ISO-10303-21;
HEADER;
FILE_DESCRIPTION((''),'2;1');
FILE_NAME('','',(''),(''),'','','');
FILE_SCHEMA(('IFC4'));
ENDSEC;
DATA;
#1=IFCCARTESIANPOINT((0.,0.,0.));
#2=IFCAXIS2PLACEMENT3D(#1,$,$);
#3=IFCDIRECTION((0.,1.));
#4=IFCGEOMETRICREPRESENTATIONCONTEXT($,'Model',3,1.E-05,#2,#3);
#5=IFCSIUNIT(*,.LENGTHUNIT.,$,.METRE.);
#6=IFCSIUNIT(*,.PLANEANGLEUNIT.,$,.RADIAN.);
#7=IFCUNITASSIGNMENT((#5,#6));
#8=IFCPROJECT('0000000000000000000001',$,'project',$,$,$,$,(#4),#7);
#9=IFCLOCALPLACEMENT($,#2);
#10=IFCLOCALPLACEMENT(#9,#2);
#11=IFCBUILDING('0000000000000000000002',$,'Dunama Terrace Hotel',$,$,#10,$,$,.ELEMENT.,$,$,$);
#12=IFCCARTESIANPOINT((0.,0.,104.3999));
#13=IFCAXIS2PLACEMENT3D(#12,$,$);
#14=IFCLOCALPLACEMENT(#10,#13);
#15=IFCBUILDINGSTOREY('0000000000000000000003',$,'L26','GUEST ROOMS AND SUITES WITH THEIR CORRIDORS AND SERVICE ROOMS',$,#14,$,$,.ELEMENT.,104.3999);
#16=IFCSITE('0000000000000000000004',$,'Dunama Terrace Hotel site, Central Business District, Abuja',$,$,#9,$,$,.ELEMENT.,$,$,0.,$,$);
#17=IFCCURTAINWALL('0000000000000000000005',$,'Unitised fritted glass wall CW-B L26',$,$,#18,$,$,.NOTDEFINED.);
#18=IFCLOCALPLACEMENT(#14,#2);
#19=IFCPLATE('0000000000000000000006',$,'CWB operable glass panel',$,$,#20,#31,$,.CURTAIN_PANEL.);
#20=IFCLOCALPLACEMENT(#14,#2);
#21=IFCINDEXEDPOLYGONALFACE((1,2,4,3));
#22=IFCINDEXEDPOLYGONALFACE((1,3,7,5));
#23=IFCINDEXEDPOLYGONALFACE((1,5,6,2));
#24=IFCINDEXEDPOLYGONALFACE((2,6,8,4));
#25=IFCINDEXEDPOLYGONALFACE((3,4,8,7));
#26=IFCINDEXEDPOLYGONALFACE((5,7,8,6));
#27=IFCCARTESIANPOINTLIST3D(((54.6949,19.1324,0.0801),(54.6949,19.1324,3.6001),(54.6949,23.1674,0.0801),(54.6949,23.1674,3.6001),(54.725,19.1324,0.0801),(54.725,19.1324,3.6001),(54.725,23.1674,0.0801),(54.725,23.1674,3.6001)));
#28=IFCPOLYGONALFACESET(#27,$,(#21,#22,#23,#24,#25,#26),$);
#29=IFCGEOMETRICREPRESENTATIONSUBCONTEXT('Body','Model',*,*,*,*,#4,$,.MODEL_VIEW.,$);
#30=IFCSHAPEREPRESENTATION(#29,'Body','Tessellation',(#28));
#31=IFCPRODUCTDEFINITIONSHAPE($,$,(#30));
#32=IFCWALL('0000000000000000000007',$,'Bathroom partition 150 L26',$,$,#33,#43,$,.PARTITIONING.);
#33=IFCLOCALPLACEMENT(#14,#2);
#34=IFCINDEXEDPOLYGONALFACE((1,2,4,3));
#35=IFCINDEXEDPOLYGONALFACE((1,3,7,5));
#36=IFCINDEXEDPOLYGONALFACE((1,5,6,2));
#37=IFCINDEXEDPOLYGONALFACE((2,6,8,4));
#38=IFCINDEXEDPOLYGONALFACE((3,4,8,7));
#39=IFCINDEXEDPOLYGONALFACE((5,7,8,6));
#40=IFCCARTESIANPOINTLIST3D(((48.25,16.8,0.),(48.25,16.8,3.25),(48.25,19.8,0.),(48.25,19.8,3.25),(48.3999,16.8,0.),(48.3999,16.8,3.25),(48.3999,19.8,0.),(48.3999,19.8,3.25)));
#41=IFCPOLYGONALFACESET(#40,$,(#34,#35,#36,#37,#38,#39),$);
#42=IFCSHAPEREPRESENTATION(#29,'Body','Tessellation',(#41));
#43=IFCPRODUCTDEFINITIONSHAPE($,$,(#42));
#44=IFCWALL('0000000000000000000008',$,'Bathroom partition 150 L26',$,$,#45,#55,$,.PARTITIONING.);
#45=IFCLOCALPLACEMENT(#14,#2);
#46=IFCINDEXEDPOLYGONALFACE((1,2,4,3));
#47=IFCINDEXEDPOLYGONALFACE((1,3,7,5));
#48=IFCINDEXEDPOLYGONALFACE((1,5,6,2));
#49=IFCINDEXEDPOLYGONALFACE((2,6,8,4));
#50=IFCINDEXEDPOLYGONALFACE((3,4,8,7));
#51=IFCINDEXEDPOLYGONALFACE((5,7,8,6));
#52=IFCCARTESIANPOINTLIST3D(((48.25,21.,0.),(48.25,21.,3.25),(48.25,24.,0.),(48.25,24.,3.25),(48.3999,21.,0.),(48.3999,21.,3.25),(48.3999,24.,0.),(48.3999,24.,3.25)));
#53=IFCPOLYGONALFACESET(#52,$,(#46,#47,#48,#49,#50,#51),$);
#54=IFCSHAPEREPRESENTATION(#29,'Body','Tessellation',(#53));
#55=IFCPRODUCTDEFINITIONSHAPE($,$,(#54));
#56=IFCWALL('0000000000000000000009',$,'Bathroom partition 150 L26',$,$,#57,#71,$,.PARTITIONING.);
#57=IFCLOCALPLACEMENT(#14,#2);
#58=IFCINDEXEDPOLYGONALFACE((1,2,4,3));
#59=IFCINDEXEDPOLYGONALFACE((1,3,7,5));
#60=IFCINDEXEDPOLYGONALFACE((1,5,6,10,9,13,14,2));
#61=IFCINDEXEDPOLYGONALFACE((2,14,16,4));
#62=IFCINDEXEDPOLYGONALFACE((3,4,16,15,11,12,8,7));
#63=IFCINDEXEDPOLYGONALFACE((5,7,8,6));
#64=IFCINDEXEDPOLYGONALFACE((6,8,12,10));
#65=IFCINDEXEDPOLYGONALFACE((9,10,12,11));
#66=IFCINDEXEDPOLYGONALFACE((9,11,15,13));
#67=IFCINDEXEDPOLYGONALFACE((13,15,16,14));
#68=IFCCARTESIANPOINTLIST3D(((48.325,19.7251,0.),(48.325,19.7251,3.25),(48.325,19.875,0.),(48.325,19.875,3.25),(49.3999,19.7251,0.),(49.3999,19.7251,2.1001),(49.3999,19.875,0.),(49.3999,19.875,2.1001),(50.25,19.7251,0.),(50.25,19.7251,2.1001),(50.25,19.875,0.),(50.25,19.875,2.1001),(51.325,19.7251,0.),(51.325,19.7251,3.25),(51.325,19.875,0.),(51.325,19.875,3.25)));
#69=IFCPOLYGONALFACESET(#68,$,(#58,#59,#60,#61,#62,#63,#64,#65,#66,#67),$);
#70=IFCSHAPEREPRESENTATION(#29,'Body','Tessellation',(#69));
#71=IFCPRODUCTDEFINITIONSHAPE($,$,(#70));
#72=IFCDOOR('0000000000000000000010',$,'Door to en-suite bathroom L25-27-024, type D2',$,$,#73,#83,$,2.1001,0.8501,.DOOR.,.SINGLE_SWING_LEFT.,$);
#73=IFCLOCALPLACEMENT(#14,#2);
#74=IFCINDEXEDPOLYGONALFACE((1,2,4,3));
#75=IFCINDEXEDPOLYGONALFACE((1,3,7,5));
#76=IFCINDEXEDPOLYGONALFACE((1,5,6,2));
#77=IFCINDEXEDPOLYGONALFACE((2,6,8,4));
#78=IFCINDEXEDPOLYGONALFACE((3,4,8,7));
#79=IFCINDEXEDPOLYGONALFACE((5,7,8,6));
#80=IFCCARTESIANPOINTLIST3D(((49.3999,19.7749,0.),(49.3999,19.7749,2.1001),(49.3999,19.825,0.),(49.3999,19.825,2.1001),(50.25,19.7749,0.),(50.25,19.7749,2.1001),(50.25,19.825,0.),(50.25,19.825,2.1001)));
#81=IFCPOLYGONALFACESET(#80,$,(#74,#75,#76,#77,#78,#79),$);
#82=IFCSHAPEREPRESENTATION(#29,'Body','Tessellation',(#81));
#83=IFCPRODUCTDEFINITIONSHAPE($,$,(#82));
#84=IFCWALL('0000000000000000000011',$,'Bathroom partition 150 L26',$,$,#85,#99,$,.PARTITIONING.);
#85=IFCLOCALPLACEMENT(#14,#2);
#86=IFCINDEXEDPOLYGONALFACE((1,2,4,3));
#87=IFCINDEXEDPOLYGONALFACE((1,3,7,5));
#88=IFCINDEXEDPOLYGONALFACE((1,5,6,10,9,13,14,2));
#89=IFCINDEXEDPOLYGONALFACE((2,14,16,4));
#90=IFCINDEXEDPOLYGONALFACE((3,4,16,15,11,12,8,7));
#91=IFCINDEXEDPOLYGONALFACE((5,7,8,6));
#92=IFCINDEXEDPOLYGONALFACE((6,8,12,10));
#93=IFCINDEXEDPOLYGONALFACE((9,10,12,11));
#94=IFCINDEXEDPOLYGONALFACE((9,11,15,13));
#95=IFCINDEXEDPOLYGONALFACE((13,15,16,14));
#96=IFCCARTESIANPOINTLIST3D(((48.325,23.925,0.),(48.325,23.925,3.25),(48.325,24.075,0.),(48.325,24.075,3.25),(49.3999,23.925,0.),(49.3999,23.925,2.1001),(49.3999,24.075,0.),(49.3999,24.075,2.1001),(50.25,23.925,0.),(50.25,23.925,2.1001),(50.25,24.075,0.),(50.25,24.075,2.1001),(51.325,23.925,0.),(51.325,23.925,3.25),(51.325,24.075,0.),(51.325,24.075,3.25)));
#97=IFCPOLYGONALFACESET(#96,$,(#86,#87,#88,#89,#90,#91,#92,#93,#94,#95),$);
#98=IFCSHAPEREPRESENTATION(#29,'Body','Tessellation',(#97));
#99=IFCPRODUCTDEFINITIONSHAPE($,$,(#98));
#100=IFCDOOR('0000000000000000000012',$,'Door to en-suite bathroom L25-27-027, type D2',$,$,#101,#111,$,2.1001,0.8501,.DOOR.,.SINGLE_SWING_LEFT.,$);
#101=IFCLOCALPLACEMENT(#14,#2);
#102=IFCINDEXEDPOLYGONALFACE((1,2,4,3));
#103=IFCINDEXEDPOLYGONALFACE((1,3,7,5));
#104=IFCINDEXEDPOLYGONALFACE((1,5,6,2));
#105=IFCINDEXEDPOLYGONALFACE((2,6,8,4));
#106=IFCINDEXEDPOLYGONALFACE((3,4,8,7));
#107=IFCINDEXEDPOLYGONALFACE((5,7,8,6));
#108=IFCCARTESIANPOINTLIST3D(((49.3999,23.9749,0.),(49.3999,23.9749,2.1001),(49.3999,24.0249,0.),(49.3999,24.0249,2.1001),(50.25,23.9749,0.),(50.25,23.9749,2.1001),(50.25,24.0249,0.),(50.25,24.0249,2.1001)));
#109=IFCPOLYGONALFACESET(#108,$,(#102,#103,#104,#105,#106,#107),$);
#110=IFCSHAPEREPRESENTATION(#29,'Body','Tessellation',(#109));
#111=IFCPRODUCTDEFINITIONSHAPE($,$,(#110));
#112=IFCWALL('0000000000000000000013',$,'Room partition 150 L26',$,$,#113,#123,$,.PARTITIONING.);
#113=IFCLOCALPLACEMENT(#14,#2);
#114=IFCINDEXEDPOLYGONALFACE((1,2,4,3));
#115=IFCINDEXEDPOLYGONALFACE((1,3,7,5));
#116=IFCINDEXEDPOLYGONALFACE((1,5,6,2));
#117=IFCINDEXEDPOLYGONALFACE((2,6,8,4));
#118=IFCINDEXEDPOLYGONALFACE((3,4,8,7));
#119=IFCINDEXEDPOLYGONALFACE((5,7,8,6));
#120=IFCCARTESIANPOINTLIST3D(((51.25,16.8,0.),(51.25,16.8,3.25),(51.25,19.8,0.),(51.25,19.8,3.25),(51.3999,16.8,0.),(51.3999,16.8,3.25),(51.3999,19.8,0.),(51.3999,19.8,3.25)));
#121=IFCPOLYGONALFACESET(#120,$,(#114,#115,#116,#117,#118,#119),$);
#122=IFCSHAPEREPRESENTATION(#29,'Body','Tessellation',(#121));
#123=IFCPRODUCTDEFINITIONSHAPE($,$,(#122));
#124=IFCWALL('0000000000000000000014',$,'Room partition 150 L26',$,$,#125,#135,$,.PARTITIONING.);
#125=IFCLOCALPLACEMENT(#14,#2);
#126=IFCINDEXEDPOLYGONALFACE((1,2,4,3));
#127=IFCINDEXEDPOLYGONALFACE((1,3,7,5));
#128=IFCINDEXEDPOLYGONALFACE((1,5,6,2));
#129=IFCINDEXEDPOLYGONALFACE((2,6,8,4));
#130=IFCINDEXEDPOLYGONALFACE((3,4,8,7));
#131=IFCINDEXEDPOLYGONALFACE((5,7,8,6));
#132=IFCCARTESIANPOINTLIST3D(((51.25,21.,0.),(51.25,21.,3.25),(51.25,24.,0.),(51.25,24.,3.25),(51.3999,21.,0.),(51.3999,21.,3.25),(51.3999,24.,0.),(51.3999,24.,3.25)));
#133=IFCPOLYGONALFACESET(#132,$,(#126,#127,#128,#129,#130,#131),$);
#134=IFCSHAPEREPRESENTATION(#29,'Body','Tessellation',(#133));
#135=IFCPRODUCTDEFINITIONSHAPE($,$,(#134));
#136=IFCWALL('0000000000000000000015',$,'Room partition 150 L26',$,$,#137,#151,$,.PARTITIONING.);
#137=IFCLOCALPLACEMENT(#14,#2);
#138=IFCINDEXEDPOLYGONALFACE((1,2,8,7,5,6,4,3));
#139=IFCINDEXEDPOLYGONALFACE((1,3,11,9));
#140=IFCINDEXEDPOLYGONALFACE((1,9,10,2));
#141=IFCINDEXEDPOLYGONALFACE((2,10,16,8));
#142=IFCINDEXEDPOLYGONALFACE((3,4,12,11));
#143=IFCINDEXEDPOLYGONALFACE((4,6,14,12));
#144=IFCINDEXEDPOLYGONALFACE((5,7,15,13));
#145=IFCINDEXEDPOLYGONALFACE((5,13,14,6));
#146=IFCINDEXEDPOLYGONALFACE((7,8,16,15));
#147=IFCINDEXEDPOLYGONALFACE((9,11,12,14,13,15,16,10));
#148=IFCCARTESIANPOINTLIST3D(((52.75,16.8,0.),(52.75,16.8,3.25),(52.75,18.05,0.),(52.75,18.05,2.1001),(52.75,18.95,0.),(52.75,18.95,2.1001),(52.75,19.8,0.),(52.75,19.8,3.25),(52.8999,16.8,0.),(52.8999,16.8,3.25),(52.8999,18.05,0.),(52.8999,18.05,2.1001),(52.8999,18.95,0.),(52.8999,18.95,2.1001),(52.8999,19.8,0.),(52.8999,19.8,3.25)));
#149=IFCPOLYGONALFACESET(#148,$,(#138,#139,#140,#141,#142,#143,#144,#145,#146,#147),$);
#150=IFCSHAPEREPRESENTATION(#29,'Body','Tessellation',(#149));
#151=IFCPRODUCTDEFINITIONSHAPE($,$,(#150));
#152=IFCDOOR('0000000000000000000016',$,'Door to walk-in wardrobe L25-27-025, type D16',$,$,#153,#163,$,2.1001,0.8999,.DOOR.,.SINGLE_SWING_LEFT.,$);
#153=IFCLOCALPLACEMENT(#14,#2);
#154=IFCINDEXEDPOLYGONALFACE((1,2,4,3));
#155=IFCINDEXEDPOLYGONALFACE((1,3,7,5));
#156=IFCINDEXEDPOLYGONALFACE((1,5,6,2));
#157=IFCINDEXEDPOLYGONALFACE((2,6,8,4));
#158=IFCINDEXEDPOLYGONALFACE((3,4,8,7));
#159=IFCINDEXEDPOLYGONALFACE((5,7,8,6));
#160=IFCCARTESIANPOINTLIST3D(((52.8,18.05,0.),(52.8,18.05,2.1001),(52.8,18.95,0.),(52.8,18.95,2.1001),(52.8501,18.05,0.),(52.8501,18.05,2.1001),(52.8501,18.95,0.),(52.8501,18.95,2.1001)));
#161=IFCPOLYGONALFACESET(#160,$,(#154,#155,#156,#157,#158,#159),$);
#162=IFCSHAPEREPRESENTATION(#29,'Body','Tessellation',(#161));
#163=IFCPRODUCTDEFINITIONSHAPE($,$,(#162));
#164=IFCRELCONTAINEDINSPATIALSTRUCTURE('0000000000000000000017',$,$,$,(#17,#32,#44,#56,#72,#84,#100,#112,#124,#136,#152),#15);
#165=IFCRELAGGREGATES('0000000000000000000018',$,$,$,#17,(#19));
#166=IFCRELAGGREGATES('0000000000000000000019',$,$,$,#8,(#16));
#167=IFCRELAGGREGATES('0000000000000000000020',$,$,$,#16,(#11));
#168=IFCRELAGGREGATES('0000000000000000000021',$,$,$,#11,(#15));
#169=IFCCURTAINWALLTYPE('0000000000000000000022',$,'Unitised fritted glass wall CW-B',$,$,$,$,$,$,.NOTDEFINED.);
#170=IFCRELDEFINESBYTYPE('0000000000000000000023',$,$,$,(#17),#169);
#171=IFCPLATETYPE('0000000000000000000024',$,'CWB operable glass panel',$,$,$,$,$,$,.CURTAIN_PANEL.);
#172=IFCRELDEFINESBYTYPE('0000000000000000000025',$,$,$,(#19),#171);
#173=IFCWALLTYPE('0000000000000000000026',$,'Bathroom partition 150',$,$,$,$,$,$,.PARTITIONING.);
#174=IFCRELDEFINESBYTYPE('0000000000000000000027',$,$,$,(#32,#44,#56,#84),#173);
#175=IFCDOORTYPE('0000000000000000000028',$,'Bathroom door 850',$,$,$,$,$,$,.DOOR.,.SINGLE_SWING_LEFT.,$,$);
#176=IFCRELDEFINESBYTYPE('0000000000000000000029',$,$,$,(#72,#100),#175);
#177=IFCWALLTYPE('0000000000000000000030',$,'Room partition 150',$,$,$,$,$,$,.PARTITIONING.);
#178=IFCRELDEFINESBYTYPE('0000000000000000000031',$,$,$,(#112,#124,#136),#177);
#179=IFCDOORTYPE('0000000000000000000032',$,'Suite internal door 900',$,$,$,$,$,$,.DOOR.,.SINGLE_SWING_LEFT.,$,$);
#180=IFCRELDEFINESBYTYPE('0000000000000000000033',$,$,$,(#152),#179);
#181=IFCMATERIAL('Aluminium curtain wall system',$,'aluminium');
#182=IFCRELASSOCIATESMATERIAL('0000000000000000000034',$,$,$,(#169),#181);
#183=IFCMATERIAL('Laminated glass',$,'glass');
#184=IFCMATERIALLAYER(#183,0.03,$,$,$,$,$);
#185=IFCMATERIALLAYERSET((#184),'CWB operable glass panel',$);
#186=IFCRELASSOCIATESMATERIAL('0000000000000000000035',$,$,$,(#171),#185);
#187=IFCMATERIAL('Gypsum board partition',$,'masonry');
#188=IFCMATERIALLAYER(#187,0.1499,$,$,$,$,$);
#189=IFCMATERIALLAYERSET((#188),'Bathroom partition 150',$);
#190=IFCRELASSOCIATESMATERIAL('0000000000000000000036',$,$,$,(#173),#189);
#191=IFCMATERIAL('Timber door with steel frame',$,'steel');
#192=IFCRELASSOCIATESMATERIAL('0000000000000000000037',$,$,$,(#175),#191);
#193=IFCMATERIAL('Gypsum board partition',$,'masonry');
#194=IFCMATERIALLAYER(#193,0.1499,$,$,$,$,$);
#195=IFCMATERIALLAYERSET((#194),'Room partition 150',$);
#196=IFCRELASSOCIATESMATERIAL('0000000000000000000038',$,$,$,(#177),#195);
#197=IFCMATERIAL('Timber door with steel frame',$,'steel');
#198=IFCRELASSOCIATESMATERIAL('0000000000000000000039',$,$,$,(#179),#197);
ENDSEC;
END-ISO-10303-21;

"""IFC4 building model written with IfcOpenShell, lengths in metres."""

from ifc_helpers import new_model, si_unit, direction, frame, frame_2d, origin, origin_2d, place, context, subcontext, project, spatial, rectangle, extrude, material, layer, layer_set, type_object, element, fill, aggregate, save


model = new_model("IFC4")

# Units and contexts
model_context = context("Model", 3, precision=1e-05, world=origin(), true_north=direction((0.0, 1.0)))
body_context = subcontext(model_context, "Body", "Model", "MODEL_VIEW")
ifc_project = project(units=[si_unit("LENGTHUNIT", "METRE"), si_unit("PLANEANGLEUNIT", "RADIAN")], contexts=[model_context])

# Site, building, storey
site_placement = place(None, origin())
site = spatial("IfcSite", under=ifc_project, at=site_placement, Name="Dunama Terrace Hotel site, Central Business District, Abuja", CompositionType="ELEMENT", RefElevation=0.0)
building_placement = place(site_placement, origin())
building = spatial("IfcBuilding", under=site, at=building_placement, Name="Dunama Terrace Hotel", CompositionType="ELEMENT")
storey_placement = place(building_placement, frame((0.0, 0.0, 104.3999)))
storey = spatial("IfcBuildingStorey", under=building, at=storey_placement, Name="L26", Description="GUEST ROOMS AND SUITES WITH THEIR CORRIDORS AND SERVICE ROOMS", CompositionType="ELEMENT", Elevation=104.3999)

# Curtain wall
ifc_material_1 = material(Name="Aluminium curtain wall system", Category="aluminium")
curtain_wall_type = type_object("IfcCurtainWallType", Name="Unitised fritted glass wall CW-B", PredefinedType="NOTDEFINED", material=ifc_material_1)
curtain_wall_placement = place(storey_placement, origin())
curtain_wall = element("IfcCurtainWall", 1, at=curtain_wall_placement, inside=storey, type_object=curtain_wall_type, Name="Unitised fritted glass wall CW-B L26", PredefinedType="NOTDEFINED")

# Plate
ifc_material_2 = material(Name="Laminated glass", Category="glass")
ifc_layer_1 = layer(ifc_material_2, 0.03)
ifc_layer_set_1 = layer_set([ifc_layer_1], Name="CWB operable glass panel")
plate_type_1 = type_object("IfcPlateType", Name="CWB operable glass panel", PredefinedType="CURTAIN_PANEL", material=ifc_layer_set_1)
plate_1_placement = place(storey_placement, frame((54.71, 21.1499, 0.0801), z_axis=(0.0, 0.0, 1.0), x_axis=(0.0, 1.0, 0.0)))
plate_1 = element("IfcPlate", 2, at=plate_1_placement, type_object=plate_type_1, Name="CWB operable glass panel", PredefinedType="CURTAIN_PANEL", context=body_context, shape_type="SweptSolid", body=[
    extrude(rectangle(XDim=4.0349, YDim=0.03, at=origin_2d()), origin(), (0.0, 0.0, 1.0), 3.52),
])
aggregate(curtain_wall, [plate_1])

# Walls
ifc_material_3 = material(Name="Gypsum board partition", Category="masonry")
ifc_layer_2 = layer(ifc_material_3, 0.1499)
ifc_layer_set_2 = layer_set([ifc_layer_2], Name="Bathroom partition 150")
wall_type_1 = type_object("IfcWallType", Name="Bathroom partition 150", PredefinedType="PARTITIONING", material=ifc_layer_set_2)
for number, where, z_axis, x_axis, name in (
    (3, (48.325, 16.8, 0.0), (0.0, 0.0, 1.0), (0.0, 1.0, 0.0), "Bathroom partition 150 L26"),
    (4, (48.325, 21.0, 0.0), (0.0, 0.0, 1.0), (0.0, 1.0, 0.0), "Bathroom partition 150 L26"),
):
    element("IfcWall", number, at=place(storey_placement, frame(where, z_axis=z_axis, x_axis=x_axis)), inside=storey, type_object=wall_type_1, Name=name, PredefinedType="PARTITIONING", context=body_context, shape_type="SweptSolid", body=[
        extrude(rectangle(XDim=3.0, YDim=0.1499, at=frame_2d((1.5, 0.0))), origin(), (0.0, 0.0, 1.0), 3.25),
    ])

# Walls, openings, doors
wall_1_placement = place(storey_placement, frame((48.325, 19.8, 0.0), z_axis=(0.0, 0.0, 1.0), x_axis=(1.0, 0.0, 0.0)))
wall_1 = element("IfcWall", 5, at=wall_1_placement, inside=storey, type_object=wall_type_1, Name="Bathroom partition 150 L26", PredefinedType="PARTITIONING", context=body_context, shape_type="SweptSolid", body=[
    extrude(rectangle(XDim=3.0, YDim=0.1499, at=frame_2d((1.5, 0.0))), origin(), (0.0, 0.0, 1.0), 3.25),
])
opening_1_placement = place(wall_1_placement, frame((1.075, 0.0, 0.0)))
opening_1 = element("IfcOpeningElement", 6, at=opening_1_placement, cuts=wall_1, PredefinedType="OPENING", context=body_context, shape_type="SweptSolid", body=[
    extrude(rectangle(XDim=0.8501, YDim=2.1001, at=frame_2d((0.425, 1.05))), frame((0.0, 0.085, 0.0), z_axis=(0.0, -1.0, 0.0), x_axis=(1.0, 0.0, 0.0)), (0.0, 0.0, 1.0), 0.1699),
])
ifc_material_4 = material(Name="Timber door with steel frame", Category="steel")
door_type_1 = type_object("IfcDoorType", Name="Bathroom door 850", OperationType="SINGLE_SWING_LEFT", PredefinedType="DOOR", material=ifc_material_4)
door_1_placement = place(opening_1_placement, frame((0.8501, 0.0, 0.0), z_axis=(0.0, 0.0, 1.0), x_axis=(-1.0, 0.0, 0.0)))
door_1 = element("IfcDoor", 7, at=door_1_placement, inside=storey, type_object=door_type_1, Name="Door to en-suite bathroom L25-27-024, type D2", OperationType="SINGLE_SWING_LEFT", OverallHeight=2.1001, OverallWidth=0.8501, PredefinedType="DOOR", context=body_context, shape_type="SweptSolid", body=[
    extrude(rectangle(XDim=0.8501, YDim=2.1001, at=frame_2d((0.425, 1.05))), frame((0.0, 0.0251, 0.0), z_axis=(0.0, -1.0, 0.0), x_axis=(1.0, 0.0, 0.0)), (0.0, 0.0, 1.0), 0.05),
])
fill(opening_1, door_1)
wall_2_placement = place(storey_placement, frame((48.325, 24.0, 0.0), z_axis=(0.0, 0.0, 1.0), x_axis=(1.0, 0.0, 0.0)))
wall_2 = element("IfcWall", 8, at=wall_2_placement, inside=storey, type_object=wall_type_1, Name="Bathroom partition 150 L26", PredefinedType="PARTITIONING", context=body_context, shape_type="SweptSolid", body=[
    extrude(rectangle(XDim=3.0, YDim=0.1499, at=frame_2d((1.5, 0.0))), origin(), (0.0, 0.0, 1.0), 3.25),
])
opening_2_placement = place(wall_2_placement, frame((1.075, 0.0, 0.0)))
opening_2 = element("IfcOpeningElement", 9, at=opening_2_placement, cuts=wall_2, PredefinedType="OPENING", context=body_context, shape_type="SweptSolid", body=[
    extrude(rectangle(XDim=0.8501, YDim=2.1001, at=frame_2d((0.425, 1.05))), frame((0.0, 0.085, 0.0), z_axis=(0.0, -1.0, 0.0), x_axis=(1.0, 0.0, 0.0)), (0.0, 0.0, 1.0), 0.1699),
])
door_2_placement = place(opening_2_placement, frame((0.8501, 0.0, 0.0), z_axis=(0.0, 0.0, 1.0), x_axis=(-1.0, 0.0, 0.0)))
door_2 = element("IfcDoor", 10, at=door_2_placement, inside=storey, type_object=door_type_1, Name="Door to en-suite bathroom L25-27-027, type D2", OperationType="SINGLE_SWING_LEFT", OverallHeight=2.1001, OverallWidth=0.8501, PredefinedType="DOOR", context=body_context, shape_type="SweptSolid", body=[
    extrude(rectangle(XDim=0.8501, YDim=2.1001, at=frame_2d((0.425, 1.05))), frame((0.0, 0.0251, 0.0), z_axis=(0.0, -1.0, 0.0), x_axis=(1.0, 0.0, 0.0)), (0.0, 0.0, 1.0), 0.05),
])
fill(opening_2, door_2)

# Walls
ifc_material_5 = material(Name="Gypsum board partition", Category="masonry")
ifc_layer_3 = layer(ifc_material_5, 0.1499)
ifc_layer_set_3 = layer_set([ifc_layer_3], Name="Room partition 150")
wall_type_2 = type_object("IfcWallType", Name="Room partition 150", PredefinedType="PARTITIONING", material=ifc_layer_set_3)
for number, where, z_axis, x_axis, name in (
    (11, (51.325, 16.8, 0.0), (0.0, 0.0, 1.0), (0.0, 1.0, 0.0), "Room partition 150 L26"),
    (12, (51.325, 21.0, 0.0), (0.0, 0.0, 1.0), (0.0, 1.0, 0.0), "Room partition 150 L26"),
):
    element("IfcWall", number, at=place(storey_placement, frame(where, z_axis=z_axis, x_axis=x_axis)), inside=storey, type_object=wall_type_2, Name=name, PredefinedType="PARTITIONING", context=body_context, shape_type="SweptSolid", body=[
        extrude(rectangle(XDim=3.0, YDim=0.1499, at=frame_2d((1.5, 0.0))), origin(), (0.0, 0.0, 1.0), 3.25),
    ])

# Wall, opening, door
wall_3_placement = place(storey_placement, frame((52.825, 16.8, 0.0), z_axis=(0.0, 0.0, 1.0), x_axis=(0.0, 1.0, 0.0)))
wall_3 = element("IfcWall", 13, at=wall_3_placement, inside=storey, type_object=wall_type_2, Name="Room partition 150 L26", PredefinedType="PARTITIONING", context=body_context, shape_type="SweptSolid", body=[
    extrude(rectangle(XDim=3.0, YDim=0.1499, at=frame_2d((1.5, 0.0))), origin(), (0.0, 0.0, 1.0), 3.25),
])
opening_3_placement = place(wall_3_placement, frame((1.25, 0.0, 0.0)))
opening_3 = element("IfcOpeningElement", 14, at=opening_3_placement, cuts=wall_3, PredefinedType="OPENING", context=body_context, shape_type="SweptSolid", body=[
    extrude(rectangle(XDim=0.8999, YDim=2.1001, at=frame_2d((0.45, 1.05))), frame((0.0, 0.085, 0.0), z_axis=(0.0, -1.0, 0.0), x_axis=(1.0, 0.0, 0.0)), (0.0, 0.0, 1.0), 0.1699),
])
ifc_material_6 = material(Name="Timber door with steel frame", Category="steel")
door_type_2 = type_object("IfcDoorType", Name="Suite internal door 900", OperationType="SINGLE_SWING_LEFT", PredefinedType="DOOR", material=ifc_material_6)
door_3_placement = place(opening_3_placement, origin())
door_3 = element("IfcDoor", 15, at=door_3_placement, inside=storey, type_object=door_type_2, Name="Door to walk-in wardrobe L25-27-025, type D16", OperationType="SINGLE_SWING_LEFT", OverallHeight=2.1001, OverallWidth=0.8999, PredefinedType="DOOR", context=body_context, shape_type="SweptSolid", body=[
    extrude(rectangle(XDim=0.8999, YDim=2.1001, at=frame_2d((0.45, 1.05))), frame((0.0, 0.0249, 0.0), z_axis=(0.0, -1.0, 0.0), x_axis=(1.0, 0.0, 0.0)), (0.0, 0.0, 1.0), 0.05),
])
fill(opening_3, door_3)

save(model, "model.ifc")
